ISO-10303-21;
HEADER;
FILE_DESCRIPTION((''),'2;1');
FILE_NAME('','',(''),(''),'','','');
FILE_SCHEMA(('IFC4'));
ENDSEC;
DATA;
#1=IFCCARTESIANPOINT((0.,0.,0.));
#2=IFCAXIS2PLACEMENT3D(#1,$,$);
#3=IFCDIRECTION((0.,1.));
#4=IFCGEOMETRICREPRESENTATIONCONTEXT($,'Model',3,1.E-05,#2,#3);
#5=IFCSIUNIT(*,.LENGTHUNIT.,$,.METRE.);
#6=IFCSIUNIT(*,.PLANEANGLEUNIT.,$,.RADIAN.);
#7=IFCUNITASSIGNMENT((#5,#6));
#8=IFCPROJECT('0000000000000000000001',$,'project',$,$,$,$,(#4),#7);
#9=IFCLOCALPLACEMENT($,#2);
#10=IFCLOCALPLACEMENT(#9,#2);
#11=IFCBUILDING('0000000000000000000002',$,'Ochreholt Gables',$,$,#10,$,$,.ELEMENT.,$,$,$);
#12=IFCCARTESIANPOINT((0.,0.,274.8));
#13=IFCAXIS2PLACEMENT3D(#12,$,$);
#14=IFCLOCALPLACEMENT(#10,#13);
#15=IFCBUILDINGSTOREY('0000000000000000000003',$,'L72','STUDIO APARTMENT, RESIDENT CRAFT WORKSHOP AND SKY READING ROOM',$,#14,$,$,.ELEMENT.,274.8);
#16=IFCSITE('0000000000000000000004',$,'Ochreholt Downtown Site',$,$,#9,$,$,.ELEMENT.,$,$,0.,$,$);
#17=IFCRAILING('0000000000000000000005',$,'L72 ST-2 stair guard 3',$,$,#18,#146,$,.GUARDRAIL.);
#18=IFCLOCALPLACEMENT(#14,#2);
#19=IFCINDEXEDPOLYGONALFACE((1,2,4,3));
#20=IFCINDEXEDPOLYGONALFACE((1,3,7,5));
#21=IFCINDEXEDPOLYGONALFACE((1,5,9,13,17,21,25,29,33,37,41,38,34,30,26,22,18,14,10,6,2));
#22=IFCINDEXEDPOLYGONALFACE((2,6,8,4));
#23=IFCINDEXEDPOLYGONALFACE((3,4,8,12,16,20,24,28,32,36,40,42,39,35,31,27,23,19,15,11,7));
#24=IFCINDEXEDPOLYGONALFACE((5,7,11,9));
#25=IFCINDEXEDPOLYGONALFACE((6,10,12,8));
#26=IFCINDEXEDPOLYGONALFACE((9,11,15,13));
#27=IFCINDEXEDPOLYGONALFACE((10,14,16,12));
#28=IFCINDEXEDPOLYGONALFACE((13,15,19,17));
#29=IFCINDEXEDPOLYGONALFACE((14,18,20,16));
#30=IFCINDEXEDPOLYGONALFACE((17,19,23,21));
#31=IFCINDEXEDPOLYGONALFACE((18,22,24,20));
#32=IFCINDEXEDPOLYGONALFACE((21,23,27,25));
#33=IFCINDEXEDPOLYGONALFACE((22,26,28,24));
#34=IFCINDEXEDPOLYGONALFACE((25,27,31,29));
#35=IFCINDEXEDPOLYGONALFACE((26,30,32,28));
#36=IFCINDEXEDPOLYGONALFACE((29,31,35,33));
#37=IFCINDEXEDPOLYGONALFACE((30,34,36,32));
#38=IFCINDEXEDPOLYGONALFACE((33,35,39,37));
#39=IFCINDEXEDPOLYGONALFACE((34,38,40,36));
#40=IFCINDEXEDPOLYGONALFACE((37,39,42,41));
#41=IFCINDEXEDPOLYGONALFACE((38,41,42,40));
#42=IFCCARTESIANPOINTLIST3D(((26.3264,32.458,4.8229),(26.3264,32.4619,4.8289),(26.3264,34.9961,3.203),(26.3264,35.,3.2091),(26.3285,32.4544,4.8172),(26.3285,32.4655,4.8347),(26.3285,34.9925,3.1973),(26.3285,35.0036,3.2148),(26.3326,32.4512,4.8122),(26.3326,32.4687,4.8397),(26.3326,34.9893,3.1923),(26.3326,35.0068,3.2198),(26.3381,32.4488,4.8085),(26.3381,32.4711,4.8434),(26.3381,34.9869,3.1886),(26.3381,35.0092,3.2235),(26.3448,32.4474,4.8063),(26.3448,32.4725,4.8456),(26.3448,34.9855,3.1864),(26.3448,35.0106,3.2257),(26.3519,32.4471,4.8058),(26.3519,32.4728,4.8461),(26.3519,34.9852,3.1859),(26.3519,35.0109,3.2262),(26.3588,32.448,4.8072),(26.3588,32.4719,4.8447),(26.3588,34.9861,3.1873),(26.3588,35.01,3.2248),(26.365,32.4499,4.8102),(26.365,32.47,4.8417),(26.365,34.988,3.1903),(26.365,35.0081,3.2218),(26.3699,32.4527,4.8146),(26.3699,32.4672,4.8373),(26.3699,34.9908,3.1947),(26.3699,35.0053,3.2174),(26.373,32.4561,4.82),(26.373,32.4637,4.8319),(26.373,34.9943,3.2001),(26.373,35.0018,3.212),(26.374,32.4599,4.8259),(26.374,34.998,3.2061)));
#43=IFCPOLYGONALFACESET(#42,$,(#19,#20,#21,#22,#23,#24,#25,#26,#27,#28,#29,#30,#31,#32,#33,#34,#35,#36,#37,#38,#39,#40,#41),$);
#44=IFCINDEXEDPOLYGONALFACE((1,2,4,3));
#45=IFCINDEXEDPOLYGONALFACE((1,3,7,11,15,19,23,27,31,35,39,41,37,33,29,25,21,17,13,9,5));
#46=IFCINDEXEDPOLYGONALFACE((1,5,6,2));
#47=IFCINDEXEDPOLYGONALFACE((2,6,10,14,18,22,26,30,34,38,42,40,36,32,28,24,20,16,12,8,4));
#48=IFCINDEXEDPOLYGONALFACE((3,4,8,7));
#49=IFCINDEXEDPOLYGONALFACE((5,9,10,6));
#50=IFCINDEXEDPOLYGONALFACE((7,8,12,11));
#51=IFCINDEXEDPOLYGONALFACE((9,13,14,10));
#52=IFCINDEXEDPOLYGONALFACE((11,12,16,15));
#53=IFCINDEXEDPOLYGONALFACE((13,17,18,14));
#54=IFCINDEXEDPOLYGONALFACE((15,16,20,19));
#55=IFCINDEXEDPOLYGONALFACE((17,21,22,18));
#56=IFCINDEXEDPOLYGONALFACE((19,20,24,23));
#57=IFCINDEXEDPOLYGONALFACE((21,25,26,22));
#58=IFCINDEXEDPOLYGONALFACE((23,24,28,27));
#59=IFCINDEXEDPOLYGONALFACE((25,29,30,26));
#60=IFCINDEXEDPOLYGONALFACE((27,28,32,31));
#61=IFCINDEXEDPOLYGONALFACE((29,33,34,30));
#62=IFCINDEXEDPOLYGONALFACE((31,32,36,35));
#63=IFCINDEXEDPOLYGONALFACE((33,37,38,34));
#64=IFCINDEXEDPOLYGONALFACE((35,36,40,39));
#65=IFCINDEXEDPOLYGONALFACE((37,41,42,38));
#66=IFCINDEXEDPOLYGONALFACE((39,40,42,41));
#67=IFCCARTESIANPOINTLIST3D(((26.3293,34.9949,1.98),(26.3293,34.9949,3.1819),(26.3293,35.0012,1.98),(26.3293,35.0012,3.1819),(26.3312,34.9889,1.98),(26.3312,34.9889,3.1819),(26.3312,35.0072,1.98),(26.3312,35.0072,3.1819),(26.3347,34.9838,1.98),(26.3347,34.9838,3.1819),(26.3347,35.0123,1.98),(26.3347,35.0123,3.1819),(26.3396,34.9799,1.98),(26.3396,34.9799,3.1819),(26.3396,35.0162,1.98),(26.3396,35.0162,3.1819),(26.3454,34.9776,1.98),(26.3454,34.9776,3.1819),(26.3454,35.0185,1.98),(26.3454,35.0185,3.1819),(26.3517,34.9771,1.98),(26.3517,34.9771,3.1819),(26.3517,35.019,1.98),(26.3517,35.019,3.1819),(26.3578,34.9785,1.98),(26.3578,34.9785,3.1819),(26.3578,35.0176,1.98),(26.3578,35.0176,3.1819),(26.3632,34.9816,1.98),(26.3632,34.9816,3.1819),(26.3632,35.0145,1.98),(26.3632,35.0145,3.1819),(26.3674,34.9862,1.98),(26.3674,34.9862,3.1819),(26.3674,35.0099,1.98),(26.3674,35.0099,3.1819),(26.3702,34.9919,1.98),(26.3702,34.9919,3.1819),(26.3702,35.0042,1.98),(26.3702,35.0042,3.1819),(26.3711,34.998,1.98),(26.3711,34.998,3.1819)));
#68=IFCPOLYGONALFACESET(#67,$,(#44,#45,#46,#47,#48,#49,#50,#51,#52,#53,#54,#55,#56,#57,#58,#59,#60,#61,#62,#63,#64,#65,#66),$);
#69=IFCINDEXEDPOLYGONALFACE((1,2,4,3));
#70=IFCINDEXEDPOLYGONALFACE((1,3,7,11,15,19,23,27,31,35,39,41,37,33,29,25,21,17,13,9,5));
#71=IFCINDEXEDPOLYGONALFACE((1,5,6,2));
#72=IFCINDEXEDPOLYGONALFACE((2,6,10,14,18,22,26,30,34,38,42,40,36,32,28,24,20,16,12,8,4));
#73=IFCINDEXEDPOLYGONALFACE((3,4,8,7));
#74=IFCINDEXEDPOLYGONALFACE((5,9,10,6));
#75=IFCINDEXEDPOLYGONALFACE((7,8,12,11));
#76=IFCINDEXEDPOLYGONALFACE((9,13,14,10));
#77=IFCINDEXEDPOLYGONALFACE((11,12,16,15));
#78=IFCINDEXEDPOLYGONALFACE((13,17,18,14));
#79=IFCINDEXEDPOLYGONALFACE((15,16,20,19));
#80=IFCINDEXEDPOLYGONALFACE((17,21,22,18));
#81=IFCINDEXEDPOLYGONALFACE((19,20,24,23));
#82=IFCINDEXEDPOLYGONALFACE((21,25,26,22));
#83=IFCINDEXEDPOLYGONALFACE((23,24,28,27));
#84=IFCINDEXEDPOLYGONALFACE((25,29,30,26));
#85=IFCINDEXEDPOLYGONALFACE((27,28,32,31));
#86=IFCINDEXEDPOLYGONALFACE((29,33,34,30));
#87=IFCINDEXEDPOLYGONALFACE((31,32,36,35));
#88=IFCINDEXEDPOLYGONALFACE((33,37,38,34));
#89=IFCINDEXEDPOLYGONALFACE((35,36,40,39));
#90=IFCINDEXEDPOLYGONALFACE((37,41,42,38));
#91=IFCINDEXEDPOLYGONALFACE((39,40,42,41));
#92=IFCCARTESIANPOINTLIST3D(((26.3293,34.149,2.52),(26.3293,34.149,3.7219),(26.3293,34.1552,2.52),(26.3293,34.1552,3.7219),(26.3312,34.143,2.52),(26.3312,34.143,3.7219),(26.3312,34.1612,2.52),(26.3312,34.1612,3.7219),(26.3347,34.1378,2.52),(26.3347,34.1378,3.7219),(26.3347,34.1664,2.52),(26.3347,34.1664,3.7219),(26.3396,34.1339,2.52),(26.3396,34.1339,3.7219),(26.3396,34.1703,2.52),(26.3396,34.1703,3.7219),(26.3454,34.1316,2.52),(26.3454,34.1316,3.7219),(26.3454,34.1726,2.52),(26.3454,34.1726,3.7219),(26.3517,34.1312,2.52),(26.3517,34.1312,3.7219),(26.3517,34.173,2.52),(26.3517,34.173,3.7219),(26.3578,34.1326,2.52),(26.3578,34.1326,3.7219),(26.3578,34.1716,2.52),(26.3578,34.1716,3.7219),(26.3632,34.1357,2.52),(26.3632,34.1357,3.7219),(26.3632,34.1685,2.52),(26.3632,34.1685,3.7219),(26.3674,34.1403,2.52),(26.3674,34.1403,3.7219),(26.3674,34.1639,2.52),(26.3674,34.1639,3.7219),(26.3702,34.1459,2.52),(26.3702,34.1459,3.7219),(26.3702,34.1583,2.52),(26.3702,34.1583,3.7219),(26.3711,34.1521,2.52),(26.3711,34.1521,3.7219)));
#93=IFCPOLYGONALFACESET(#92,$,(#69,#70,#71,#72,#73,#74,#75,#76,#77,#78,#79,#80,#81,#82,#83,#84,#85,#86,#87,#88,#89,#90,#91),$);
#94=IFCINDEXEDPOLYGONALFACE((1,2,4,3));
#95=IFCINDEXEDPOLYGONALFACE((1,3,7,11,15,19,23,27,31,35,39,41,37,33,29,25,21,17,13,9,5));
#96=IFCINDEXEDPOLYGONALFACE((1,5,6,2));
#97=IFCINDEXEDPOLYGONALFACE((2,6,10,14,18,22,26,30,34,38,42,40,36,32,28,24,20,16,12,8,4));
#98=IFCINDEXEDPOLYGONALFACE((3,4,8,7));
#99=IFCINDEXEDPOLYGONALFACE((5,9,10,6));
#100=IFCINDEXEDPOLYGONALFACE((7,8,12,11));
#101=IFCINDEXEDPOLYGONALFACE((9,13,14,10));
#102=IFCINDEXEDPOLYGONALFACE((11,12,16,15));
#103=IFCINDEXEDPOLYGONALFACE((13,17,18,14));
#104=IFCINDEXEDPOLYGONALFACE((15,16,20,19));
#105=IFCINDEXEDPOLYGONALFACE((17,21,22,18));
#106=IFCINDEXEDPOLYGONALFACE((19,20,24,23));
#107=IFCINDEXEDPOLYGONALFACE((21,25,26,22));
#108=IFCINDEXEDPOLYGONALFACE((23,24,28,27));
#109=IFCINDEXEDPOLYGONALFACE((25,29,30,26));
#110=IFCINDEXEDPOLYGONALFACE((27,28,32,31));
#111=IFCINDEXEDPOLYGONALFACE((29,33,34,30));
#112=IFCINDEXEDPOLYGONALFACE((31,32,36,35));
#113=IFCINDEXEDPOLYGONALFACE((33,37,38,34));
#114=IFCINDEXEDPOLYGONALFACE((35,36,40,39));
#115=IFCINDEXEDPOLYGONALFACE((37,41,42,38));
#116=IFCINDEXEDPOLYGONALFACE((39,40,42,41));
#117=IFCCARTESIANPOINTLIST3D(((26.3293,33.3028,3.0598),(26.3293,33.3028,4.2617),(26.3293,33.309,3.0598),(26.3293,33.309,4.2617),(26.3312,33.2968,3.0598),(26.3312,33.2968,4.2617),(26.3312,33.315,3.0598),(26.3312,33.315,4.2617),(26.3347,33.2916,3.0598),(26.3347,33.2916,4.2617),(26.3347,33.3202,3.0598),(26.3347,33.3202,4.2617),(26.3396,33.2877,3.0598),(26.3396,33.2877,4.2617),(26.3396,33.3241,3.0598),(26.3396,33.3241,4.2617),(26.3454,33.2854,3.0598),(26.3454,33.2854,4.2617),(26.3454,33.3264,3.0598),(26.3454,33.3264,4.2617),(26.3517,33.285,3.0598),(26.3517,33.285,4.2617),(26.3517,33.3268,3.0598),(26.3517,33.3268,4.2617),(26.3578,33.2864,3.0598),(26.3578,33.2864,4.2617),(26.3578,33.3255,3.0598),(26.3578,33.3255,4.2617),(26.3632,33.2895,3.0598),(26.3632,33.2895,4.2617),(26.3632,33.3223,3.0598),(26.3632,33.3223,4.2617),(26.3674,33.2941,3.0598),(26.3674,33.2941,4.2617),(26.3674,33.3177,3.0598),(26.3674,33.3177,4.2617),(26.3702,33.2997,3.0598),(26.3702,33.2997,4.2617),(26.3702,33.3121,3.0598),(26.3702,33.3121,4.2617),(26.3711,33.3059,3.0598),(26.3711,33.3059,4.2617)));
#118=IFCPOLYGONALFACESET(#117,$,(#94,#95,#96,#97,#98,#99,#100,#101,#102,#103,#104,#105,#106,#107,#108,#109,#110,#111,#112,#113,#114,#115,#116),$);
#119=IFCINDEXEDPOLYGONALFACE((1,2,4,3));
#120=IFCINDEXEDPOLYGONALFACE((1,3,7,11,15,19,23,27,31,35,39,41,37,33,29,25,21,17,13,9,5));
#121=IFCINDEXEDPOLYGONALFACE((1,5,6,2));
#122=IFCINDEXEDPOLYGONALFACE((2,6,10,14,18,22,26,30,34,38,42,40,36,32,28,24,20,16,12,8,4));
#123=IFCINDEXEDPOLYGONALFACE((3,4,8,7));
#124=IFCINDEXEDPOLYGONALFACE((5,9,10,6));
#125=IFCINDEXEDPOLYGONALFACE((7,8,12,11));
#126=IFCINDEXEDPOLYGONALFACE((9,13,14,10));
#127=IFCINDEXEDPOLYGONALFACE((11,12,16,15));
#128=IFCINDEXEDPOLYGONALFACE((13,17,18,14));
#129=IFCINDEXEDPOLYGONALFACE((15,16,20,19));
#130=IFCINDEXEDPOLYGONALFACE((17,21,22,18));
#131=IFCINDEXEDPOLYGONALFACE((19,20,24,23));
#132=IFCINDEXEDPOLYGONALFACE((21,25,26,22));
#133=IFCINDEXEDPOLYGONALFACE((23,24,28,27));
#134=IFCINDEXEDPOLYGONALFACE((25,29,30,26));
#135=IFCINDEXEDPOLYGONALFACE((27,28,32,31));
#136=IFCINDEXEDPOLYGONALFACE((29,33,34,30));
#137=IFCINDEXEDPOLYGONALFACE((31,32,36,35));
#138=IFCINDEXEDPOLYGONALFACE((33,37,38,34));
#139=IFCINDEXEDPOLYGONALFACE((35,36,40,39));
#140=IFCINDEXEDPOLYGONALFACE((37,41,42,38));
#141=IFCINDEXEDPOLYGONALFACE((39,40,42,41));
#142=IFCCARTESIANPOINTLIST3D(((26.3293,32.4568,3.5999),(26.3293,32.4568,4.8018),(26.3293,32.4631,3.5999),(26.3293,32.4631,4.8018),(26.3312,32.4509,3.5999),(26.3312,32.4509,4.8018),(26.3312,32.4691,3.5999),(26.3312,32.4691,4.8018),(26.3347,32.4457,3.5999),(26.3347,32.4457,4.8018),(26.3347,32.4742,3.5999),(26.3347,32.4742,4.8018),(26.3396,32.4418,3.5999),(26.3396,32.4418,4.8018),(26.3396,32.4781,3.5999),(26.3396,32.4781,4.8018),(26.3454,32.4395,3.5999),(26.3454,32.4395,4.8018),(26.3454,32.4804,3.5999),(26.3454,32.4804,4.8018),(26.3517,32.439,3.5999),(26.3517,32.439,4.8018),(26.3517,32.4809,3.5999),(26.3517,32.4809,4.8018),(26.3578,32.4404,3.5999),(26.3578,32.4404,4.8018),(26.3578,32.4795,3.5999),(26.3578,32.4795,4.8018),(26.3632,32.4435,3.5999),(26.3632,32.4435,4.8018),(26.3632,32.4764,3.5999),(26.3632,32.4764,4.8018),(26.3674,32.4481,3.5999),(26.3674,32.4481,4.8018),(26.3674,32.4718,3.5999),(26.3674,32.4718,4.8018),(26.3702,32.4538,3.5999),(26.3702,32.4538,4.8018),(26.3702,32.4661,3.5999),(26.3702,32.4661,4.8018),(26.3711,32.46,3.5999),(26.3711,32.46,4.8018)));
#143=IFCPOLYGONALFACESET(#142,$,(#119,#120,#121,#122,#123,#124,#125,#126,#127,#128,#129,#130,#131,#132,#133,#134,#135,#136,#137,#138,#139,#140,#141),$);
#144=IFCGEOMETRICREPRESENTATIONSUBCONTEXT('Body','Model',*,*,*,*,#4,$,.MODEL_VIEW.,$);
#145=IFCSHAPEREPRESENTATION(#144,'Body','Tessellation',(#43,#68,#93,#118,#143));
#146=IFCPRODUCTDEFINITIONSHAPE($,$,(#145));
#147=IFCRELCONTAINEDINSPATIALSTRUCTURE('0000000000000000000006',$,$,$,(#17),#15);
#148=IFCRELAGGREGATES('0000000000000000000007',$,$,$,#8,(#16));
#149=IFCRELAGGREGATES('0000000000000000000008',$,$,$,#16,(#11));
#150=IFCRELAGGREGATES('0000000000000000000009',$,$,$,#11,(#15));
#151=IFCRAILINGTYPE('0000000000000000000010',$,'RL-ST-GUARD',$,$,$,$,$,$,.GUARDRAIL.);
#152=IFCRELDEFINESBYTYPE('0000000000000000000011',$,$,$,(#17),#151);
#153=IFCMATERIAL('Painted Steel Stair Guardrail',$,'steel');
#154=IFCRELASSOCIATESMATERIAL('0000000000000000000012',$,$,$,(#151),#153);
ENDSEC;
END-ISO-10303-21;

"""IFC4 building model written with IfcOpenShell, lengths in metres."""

from ifc_helpers import new_model, si_unit, direction, frame, origin, origin_2d, place, context, subcontext, project, spatial, circle, extrude, material, type_object, element, save


model = new_model("IFC4")

# Units and contexts
model_context = context("Model", 3, precision=1e-05, world=origin(), true_north=direction((0.0, 1.0)))
body_context = subcontext(model_context, "Body", "Model", "MODEL_VIEW")
ifc_project = project(units=[si_unit("LENGTHUNIT", "METRE"), si_unit("PLANEANGLEUNIT", "RADIAN")], contexts=[model_context])

# Site, building, storey
site_placement = place(None, origin())
site = spatial("IfcSite", under=ifc_project, at=site_placement, Name="Ochreholt Downtown Site", CompositionType="ELEMENT", RefElevation=0.0)
building_placement = place(site_placement, origin())
building = spatial("IfcBuilding", under=site, at=building_placement, Name="Ochreholt Gables", CompositionType="ELEMENT")
storey_placement = place(building_placement, frame((0.0, 0.0, 274.8)))
storey = spatial("IfcBuildingStorey", under=building, at=storey_placement, Name="L72", Description="STUDIO APARTMENT, RESIDENT CRAFT WORKSHOP AND SKY READING ROOM", CompositionType="ELEMENT", Elevation=274.8)

# Railing
ifc_material_1 = material(Name="Painted Steel Stair Guardrail", Category="steel")
railing_type_1 = type_object("IfcRailingType", Name="RL-ST-GUARD", PredefinedType="GUARDRAIL", material=ifc_material_1)
railing_1_placement = place(storey_placement, frame((26.3501, 34.998, 1.98)))
element("IfcRailing", 1, at=railing_1_placement, inside=storey, type_object=railing_type_1, Name="L72 ST-2 stair guard 3", PredefinedType="GUARDRAIL", context=body_context, shape_type="SweptSolid", body=[
    extrude(circle(Radius=0.0239, at=origin_2d()), frame((0.0, 0.0, 1.2261), z_axis=(0.0, -0.84295, 0.537993), x_axis=(1.0, 0.0, 0.0)), (0.0, 0.0, 1.0), 3.011),
    extrude(circle(Radius=0.021, at=origin_2d()), origin(), (0.0, 0.0, 1.0), 1.2019),
    extrude(circle(Radius=0.021, at=origin_2d()), frame((0.0, -0.8459, 0.54)), (0.0, 0.0, 1.0), 1.2019),
    extrude(circle(Radius=0.021, at=origin_2d()), frame((0.0, -1.6921, 1.0798)), (0.0, 0.0, 1.0), 1.2019),
    extrude(circle(Radius=0.021, at=origin_2d()), frame((0.0, -2.5381, 1.6199)), (0.0, 0.0, 1.0), 1.2019),
])

save(model, "model.ifc")
